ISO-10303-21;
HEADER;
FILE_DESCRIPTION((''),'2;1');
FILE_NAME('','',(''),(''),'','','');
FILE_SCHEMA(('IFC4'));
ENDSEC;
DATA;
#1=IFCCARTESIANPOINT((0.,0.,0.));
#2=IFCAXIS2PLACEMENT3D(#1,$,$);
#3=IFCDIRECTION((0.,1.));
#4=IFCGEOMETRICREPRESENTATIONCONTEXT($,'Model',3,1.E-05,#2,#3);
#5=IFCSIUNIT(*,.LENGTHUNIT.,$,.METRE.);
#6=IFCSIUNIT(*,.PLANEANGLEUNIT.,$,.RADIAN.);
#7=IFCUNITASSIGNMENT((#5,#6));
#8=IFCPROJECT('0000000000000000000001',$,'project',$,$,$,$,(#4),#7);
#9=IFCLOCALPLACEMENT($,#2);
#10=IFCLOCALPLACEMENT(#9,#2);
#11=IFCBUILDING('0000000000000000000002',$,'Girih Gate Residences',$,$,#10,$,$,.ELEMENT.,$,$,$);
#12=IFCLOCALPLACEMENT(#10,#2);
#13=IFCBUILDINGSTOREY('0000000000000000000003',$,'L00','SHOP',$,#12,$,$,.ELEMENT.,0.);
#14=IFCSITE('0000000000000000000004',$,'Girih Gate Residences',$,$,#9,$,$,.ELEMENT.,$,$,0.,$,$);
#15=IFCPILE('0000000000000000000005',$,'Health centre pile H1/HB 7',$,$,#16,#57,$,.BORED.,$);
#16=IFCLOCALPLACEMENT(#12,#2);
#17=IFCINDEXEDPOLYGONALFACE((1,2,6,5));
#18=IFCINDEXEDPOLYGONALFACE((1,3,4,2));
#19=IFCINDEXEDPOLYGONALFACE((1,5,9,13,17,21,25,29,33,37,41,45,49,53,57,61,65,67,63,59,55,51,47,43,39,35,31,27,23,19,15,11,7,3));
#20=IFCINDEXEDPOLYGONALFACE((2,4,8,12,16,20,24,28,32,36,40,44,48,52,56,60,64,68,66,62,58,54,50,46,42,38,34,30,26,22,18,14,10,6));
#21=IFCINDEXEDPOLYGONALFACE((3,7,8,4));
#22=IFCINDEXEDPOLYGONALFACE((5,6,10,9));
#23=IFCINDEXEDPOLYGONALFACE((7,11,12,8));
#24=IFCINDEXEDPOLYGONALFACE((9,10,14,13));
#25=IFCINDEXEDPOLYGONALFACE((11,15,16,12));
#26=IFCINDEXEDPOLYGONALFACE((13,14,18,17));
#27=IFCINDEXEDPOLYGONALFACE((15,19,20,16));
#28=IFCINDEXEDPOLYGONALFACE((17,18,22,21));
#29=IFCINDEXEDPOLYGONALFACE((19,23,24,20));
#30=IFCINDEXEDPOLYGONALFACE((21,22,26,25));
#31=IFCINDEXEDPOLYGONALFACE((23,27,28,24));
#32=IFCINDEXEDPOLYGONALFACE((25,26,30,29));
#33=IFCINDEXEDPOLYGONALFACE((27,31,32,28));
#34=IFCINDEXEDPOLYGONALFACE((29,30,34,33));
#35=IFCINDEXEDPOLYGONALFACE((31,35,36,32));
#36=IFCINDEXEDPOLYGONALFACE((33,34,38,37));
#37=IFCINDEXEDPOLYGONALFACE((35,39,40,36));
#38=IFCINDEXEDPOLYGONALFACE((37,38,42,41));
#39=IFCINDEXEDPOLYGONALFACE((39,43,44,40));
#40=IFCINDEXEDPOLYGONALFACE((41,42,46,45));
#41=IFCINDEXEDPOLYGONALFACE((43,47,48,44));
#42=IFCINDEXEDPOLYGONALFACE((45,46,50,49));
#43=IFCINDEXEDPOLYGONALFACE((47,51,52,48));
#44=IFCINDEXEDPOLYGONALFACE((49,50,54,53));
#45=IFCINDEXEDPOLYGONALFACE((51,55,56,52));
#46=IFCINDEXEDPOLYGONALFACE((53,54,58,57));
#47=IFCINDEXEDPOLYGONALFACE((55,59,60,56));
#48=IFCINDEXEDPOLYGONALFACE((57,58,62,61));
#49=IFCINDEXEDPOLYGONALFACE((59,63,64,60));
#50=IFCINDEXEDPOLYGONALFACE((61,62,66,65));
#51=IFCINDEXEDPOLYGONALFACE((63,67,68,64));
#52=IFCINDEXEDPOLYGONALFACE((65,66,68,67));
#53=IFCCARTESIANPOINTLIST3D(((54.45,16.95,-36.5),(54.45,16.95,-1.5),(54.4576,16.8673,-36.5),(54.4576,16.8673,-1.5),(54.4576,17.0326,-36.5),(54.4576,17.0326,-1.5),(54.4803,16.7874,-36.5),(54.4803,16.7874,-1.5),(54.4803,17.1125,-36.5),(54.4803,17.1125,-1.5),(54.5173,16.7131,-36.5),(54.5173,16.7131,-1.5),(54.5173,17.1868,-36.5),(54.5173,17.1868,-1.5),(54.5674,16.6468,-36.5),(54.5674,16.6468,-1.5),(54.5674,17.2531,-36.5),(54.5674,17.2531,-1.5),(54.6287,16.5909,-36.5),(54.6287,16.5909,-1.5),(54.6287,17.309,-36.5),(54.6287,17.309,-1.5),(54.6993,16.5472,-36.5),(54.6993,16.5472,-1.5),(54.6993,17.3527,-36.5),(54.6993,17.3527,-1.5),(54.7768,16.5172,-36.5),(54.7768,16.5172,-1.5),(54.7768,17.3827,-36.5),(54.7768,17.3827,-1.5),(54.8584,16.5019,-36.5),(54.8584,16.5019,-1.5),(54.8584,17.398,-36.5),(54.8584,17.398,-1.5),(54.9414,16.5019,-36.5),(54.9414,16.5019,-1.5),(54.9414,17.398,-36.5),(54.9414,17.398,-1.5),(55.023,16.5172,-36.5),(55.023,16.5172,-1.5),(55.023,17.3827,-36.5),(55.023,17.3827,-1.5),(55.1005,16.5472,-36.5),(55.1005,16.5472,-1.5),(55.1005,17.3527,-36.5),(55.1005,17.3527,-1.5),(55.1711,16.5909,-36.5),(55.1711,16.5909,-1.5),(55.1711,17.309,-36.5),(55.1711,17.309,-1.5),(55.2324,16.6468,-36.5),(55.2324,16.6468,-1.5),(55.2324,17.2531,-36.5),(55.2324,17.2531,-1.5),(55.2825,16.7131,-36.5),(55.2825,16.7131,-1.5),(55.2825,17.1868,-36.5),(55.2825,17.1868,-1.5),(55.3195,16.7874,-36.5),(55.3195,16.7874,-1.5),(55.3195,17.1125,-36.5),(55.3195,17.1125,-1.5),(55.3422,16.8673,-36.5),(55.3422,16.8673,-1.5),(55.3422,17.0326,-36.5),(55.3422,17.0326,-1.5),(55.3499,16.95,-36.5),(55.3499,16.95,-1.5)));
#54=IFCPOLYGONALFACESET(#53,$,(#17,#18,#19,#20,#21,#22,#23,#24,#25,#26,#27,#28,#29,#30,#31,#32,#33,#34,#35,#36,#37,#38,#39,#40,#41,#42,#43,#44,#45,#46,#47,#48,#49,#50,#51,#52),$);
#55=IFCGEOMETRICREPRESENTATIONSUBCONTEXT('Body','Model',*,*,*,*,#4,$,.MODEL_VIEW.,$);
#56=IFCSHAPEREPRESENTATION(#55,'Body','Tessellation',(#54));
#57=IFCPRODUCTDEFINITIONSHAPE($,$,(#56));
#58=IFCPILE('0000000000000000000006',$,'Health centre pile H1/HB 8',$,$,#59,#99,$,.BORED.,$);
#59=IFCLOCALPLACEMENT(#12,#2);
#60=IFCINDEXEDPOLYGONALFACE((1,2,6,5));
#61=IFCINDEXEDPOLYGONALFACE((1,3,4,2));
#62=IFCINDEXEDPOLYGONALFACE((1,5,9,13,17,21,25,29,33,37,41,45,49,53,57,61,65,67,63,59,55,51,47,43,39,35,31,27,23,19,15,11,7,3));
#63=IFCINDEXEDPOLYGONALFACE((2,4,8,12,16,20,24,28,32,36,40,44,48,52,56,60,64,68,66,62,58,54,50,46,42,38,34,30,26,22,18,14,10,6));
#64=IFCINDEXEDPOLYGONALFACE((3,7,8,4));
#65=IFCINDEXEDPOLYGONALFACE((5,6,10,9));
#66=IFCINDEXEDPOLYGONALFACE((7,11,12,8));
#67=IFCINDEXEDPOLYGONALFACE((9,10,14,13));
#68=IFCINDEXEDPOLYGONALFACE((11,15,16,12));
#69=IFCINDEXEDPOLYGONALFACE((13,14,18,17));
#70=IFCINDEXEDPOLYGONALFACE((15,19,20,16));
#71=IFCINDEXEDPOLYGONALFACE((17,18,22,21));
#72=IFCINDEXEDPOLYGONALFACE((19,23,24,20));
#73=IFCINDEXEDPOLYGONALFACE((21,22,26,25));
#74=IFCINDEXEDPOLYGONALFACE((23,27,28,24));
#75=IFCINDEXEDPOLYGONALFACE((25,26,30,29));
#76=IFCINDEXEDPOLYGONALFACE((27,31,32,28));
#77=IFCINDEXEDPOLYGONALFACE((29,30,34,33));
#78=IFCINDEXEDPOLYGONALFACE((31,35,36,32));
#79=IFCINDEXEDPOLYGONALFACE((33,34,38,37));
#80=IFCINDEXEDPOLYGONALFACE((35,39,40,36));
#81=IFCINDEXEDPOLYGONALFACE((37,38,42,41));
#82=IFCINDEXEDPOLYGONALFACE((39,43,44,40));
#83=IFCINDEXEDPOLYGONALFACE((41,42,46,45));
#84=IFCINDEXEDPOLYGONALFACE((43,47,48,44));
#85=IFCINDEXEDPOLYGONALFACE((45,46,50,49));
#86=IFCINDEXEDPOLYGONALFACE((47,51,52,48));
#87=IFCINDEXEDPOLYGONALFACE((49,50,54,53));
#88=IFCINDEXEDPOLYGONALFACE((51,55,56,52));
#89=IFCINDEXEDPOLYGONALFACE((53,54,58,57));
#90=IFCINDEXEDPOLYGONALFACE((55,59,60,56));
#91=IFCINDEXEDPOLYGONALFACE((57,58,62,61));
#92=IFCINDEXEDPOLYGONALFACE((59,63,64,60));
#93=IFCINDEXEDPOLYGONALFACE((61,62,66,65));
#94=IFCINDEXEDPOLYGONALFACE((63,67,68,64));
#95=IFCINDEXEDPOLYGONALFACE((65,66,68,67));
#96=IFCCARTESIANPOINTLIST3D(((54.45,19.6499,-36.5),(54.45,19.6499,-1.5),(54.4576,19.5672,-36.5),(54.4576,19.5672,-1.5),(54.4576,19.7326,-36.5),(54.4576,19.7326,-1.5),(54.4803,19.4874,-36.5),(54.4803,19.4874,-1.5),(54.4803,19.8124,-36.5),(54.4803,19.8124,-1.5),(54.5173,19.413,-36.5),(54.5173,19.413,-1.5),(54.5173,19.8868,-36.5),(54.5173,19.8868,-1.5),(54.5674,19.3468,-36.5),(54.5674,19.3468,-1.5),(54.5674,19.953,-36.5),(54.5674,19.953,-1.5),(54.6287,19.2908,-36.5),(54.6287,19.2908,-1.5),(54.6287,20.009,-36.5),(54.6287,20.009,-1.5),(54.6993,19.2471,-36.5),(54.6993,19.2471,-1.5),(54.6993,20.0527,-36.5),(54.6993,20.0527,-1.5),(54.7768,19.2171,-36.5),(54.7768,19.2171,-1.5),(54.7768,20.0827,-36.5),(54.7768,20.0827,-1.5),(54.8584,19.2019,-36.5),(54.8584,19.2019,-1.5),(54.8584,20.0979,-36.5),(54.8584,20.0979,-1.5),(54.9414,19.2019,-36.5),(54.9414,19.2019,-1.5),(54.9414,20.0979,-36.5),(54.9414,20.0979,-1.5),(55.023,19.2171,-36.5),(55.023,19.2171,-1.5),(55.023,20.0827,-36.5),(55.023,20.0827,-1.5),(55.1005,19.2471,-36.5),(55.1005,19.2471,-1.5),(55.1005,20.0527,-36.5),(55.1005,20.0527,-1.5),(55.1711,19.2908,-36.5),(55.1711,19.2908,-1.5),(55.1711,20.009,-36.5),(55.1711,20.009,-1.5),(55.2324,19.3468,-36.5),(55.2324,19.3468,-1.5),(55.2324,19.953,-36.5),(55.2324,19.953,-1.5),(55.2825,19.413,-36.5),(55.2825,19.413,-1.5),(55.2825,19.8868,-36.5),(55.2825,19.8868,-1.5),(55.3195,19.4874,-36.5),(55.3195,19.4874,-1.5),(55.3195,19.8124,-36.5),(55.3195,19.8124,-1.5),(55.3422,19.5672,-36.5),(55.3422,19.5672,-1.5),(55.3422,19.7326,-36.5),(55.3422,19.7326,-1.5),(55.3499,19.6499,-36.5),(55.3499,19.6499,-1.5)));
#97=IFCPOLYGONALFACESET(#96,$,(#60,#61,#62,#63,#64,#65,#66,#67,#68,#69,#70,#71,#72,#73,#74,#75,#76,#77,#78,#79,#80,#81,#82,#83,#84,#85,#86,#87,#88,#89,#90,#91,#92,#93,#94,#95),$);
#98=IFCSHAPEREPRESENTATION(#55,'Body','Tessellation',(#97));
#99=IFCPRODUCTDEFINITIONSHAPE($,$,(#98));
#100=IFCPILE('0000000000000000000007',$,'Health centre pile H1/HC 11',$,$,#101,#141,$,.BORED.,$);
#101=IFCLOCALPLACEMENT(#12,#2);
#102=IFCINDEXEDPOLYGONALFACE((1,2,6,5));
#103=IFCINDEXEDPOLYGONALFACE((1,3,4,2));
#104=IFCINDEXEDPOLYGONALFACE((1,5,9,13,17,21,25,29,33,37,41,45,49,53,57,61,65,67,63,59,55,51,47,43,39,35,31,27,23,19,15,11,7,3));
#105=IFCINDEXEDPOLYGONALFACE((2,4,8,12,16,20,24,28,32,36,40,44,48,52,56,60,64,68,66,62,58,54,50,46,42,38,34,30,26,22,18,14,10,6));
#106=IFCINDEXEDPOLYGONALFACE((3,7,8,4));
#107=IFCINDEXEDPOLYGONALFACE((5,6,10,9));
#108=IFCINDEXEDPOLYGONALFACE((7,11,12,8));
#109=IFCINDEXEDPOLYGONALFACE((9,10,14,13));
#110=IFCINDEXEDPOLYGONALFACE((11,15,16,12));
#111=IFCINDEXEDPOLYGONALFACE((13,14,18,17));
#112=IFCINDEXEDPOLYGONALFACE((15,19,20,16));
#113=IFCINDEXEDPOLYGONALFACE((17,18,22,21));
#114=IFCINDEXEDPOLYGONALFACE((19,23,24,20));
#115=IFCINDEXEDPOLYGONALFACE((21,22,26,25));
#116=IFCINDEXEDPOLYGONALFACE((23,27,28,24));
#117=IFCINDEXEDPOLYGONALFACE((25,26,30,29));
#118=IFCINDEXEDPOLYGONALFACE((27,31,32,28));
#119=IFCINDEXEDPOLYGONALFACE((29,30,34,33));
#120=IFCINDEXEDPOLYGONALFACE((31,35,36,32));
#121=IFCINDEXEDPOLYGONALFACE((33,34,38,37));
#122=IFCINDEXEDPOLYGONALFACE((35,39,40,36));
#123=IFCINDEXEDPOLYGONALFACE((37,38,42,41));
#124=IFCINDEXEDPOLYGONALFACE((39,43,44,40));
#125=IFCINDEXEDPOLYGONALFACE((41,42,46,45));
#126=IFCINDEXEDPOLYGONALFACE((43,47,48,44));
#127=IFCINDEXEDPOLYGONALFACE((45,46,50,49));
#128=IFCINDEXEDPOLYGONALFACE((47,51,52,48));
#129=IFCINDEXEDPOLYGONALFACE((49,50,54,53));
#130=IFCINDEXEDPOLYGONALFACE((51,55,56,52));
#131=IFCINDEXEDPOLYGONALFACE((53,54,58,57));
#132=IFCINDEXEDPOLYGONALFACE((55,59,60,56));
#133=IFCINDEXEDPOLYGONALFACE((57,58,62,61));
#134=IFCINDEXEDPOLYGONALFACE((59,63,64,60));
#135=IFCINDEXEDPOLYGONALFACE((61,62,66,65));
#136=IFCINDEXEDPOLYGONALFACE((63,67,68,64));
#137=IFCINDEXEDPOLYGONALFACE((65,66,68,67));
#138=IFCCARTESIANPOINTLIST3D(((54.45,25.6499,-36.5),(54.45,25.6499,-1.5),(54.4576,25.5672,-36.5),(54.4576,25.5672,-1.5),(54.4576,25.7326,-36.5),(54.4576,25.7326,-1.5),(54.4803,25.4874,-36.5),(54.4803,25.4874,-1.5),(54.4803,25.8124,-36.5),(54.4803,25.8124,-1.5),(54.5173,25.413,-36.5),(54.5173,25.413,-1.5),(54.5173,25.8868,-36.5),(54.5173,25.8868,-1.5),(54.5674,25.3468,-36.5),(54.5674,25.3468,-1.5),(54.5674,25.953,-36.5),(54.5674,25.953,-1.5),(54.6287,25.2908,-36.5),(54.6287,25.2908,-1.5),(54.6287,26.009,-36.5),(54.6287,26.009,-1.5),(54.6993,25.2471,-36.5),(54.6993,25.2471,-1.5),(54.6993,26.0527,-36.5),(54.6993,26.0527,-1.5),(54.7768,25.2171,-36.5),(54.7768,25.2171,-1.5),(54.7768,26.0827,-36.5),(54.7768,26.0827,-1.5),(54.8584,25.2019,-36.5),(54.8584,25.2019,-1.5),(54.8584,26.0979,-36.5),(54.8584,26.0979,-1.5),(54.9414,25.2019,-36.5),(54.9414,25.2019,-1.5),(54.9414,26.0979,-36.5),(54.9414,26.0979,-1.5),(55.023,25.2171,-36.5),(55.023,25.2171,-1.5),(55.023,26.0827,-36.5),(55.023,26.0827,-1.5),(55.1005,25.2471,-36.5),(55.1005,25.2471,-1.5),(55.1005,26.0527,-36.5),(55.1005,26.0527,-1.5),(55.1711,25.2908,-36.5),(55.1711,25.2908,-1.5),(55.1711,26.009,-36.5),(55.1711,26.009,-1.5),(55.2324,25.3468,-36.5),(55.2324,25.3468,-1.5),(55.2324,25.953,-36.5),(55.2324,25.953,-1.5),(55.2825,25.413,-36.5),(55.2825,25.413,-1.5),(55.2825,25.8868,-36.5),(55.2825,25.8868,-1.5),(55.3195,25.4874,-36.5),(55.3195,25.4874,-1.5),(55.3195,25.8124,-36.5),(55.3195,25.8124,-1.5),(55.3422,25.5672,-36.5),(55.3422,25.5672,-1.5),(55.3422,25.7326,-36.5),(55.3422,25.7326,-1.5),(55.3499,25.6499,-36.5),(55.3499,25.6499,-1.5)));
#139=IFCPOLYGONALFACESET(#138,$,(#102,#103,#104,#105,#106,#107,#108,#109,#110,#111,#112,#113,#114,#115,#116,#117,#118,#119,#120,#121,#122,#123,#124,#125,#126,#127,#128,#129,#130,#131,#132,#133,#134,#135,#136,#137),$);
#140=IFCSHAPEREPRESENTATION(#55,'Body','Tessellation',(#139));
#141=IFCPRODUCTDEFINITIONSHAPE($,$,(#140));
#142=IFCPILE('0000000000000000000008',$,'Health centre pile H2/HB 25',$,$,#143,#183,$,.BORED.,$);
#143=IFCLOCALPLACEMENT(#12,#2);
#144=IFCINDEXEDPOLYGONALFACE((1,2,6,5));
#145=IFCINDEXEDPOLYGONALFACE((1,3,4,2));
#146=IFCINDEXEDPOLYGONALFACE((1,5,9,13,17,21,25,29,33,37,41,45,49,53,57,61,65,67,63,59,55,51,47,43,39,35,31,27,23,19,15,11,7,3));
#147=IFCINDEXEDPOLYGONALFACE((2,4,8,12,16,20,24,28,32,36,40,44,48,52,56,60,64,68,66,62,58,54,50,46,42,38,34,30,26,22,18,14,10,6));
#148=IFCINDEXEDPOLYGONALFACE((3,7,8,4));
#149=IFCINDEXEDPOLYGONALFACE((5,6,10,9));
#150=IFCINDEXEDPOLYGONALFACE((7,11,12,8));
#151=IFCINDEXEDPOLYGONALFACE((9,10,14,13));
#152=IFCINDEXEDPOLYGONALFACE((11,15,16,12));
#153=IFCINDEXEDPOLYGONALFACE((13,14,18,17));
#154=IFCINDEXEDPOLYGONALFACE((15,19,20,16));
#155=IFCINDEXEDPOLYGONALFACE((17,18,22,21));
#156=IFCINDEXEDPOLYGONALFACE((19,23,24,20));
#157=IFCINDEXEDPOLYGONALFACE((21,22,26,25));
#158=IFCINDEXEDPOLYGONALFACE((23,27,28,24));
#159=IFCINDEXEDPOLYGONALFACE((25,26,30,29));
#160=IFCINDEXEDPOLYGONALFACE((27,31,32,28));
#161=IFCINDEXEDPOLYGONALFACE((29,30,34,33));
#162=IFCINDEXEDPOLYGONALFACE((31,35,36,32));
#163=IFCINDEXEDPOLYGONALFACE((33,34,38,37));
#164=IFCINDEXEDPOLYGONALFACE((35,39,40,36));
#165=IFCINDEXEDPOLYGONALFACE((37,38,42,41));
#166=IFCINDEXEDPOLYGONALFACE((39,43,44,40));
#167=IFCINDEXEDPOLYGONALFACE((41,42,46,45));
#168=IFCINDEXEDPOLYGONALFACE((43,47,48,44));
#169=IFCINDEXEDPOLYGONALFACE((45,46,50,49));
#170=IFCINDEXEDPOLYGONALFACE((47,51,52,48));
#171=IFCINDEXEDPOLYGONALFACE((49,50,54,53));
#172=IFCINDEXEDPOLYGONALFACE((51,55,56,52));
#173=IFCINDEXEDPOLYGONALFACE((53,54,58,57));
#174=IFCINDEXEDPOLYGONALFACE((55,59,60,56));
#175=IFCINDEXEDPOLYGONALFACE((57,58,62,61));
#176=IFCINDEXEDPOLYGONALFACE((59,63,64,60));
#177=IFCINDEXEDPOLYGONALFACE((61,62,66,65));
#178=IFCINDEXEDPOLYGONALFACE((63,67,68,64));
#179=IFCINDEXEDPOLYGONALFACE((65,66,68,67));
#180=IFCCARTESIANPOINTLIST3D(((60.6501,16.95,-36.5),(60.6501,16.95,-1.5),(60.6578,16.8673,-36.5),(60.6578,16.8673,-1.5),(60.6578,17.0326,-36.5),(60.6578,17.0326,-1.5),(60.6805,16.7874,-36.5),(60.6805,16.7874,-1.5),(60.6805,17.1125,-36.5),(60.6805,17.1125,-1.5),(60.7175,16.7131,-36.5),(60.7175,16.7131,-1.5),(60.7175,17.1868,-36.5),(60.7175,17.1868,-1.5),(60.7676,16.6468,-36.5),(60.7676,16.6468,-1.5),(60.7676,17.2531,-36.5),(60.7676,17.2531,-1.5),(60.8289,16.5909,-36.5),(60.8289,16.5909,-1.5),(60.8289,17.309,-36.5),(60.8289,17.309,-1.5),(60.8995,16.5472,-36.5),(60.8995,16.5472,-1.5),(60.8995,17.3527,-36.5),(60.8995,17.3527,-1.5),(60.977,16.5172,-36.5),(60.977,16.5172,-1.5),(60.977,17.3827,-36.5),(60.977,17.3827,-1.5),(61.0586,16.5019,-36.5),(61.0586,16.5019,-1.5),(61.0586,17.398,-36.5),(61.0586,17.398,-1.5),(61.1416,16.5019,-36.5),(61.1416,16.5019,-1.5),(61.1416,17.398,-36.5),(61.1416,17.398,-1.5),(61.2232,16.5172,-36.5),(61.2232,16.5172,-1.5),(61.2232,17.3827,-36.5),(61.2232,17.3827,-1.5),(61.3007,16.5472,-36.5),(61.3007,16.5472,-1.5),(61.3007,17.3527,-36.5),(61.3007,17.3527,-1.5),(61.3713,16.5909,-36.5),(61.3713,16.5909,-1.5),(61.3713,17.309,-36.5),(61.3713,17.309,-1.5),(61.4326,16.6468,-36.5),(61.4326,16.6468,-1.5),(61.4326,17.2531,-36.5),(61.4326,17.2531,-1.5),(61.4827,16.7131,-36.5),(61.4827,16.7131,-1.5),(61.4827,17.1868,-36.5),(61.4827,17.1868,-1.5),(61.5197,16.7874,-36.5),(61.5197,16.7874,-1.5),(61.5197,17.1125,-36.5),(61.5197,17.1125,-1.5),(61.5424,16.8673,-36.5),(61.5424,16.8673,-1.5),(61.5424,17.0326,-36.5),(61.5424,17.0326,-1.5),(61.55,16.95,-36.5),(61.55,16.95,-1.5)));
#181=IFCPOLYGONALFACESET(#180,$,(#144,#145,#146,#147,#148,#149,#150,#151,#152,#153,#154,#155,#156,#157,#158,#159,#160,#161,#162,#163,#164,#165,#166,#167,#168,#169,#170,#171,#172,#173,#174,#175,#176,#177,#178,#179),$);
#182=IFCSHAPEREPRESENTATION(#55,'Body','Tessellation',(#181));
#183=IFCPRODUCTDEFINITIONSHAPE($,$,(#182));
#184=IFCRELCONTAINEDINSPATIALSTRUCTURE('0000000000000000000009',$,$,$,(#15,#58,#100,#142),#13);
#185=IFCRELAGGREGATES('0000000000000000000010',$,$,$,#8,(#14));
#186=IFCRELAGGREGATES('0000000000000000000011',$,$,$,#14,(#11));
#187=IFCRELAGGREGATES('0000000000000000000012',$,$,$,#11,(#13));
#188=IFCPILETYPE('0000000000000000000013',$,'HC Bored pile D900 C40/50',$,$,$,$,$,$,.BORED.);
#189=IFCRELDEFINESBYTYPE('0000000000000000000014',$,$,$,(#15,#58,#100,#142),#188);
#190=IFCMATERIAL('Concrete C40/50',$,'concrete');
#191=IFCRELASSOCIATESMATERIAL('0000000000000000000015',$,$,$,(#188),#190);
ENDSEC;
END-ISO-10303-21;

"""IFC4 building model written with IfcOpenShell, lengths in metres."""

from ifc_helpers import new_model, si_unit, direction, frame, origin, origin_2d, place, context, subcontext, project, spatial, circle, extrude, material, material_profile, profile_set, type_object, element, save


model = new_model("IFC4")

# Units and contexts
model_context = context("Model", 3, precision=1e-05, world=origin(), true_north=direction((0.0, 1.0)))
body_context = subcontext(model_context, "Body", "Model", "MODEL_VIEW")
ifc_project = project(units=[si_unit("LENGTHUNIT", "METRE"), si_unit("PLANEANGLEUNIT", "RADIAN")], contexts=[model_context])

# Site, building, storey
site_placement = place(None, origin())
site = spatial("IfcSite", under=ifc_project, at=site_placement, Name="Girih Gate Residences", CompositionType="ELEMENT", RefElevation=0.0)
building_placement = place(site_placement, origin())
building = spatial("IfcBuilding", under=site, at=building_placement, Name="Girih Gate Residences", CompositionType="ELEMENT")
storey_placement = place(building_placement, origin())
storey = spatial("IfcBuildingStorey", under=building, at=storey_placement, Name="L00", Description="SHOP", CompositionType="ELEMENT", Elevation=0.0)

# Piles
ifc_material_1 = material(Name="Concrete C40/50", Category="concrete")
ifc_material_profile_1 = material_profile(ifc_material_1, circle(Radius=0.45, at=origin_2d()))
ifc_profile_set_1 = profile_set([ifc_material_profile_1], Name="Concrete C40/50")
pile_type = type_object("IfcPileType", Name="HC Bored pile D900 C40/50", PredefinedType="BORED", material=ifc_profile_set_1)
for number, where, z_axis, x_axis, name in (
    (1, (54.8999, 16.95, -1.5), (0.0, 0.0, -1.0), (1.0, 0.0, 0.0), "Health centre pile H1/HB 7"),
    (2, (54.8999, 19.6499, -1.5), (0.0, 0.0, -1.0), (1.0, 0.0, 0.0), "Health centre pile H1/HB 8"),
    (3, (54.8999, 25.6499, -1.5), (0.0, 0.0, -1.0), (1.0, 0.0, 0.0), "Health centre pile H1/HC 11"),
    (4, (61.1001, 16.95, -1.5), (0.0, 0.0, -1.0), (1.0, 0.0, 0.0), "Health centre pile H2/HB 25"),
):
    element("IfcPile", number, at=place(storey_placement, frame(where, z_axis=z_axis, x_axis=x_axis)), inside=storey, type_object=pile_type, Name=name, PredefinedType="BORED", context=body_context, shape_type="SweptSolid", body=[
        extrude(circle(Radius=0.45, at=origin_2d()), origin(), (0.0, 0.0, 1.0), 35.0),
    ])

save(model, "model.ifc")
